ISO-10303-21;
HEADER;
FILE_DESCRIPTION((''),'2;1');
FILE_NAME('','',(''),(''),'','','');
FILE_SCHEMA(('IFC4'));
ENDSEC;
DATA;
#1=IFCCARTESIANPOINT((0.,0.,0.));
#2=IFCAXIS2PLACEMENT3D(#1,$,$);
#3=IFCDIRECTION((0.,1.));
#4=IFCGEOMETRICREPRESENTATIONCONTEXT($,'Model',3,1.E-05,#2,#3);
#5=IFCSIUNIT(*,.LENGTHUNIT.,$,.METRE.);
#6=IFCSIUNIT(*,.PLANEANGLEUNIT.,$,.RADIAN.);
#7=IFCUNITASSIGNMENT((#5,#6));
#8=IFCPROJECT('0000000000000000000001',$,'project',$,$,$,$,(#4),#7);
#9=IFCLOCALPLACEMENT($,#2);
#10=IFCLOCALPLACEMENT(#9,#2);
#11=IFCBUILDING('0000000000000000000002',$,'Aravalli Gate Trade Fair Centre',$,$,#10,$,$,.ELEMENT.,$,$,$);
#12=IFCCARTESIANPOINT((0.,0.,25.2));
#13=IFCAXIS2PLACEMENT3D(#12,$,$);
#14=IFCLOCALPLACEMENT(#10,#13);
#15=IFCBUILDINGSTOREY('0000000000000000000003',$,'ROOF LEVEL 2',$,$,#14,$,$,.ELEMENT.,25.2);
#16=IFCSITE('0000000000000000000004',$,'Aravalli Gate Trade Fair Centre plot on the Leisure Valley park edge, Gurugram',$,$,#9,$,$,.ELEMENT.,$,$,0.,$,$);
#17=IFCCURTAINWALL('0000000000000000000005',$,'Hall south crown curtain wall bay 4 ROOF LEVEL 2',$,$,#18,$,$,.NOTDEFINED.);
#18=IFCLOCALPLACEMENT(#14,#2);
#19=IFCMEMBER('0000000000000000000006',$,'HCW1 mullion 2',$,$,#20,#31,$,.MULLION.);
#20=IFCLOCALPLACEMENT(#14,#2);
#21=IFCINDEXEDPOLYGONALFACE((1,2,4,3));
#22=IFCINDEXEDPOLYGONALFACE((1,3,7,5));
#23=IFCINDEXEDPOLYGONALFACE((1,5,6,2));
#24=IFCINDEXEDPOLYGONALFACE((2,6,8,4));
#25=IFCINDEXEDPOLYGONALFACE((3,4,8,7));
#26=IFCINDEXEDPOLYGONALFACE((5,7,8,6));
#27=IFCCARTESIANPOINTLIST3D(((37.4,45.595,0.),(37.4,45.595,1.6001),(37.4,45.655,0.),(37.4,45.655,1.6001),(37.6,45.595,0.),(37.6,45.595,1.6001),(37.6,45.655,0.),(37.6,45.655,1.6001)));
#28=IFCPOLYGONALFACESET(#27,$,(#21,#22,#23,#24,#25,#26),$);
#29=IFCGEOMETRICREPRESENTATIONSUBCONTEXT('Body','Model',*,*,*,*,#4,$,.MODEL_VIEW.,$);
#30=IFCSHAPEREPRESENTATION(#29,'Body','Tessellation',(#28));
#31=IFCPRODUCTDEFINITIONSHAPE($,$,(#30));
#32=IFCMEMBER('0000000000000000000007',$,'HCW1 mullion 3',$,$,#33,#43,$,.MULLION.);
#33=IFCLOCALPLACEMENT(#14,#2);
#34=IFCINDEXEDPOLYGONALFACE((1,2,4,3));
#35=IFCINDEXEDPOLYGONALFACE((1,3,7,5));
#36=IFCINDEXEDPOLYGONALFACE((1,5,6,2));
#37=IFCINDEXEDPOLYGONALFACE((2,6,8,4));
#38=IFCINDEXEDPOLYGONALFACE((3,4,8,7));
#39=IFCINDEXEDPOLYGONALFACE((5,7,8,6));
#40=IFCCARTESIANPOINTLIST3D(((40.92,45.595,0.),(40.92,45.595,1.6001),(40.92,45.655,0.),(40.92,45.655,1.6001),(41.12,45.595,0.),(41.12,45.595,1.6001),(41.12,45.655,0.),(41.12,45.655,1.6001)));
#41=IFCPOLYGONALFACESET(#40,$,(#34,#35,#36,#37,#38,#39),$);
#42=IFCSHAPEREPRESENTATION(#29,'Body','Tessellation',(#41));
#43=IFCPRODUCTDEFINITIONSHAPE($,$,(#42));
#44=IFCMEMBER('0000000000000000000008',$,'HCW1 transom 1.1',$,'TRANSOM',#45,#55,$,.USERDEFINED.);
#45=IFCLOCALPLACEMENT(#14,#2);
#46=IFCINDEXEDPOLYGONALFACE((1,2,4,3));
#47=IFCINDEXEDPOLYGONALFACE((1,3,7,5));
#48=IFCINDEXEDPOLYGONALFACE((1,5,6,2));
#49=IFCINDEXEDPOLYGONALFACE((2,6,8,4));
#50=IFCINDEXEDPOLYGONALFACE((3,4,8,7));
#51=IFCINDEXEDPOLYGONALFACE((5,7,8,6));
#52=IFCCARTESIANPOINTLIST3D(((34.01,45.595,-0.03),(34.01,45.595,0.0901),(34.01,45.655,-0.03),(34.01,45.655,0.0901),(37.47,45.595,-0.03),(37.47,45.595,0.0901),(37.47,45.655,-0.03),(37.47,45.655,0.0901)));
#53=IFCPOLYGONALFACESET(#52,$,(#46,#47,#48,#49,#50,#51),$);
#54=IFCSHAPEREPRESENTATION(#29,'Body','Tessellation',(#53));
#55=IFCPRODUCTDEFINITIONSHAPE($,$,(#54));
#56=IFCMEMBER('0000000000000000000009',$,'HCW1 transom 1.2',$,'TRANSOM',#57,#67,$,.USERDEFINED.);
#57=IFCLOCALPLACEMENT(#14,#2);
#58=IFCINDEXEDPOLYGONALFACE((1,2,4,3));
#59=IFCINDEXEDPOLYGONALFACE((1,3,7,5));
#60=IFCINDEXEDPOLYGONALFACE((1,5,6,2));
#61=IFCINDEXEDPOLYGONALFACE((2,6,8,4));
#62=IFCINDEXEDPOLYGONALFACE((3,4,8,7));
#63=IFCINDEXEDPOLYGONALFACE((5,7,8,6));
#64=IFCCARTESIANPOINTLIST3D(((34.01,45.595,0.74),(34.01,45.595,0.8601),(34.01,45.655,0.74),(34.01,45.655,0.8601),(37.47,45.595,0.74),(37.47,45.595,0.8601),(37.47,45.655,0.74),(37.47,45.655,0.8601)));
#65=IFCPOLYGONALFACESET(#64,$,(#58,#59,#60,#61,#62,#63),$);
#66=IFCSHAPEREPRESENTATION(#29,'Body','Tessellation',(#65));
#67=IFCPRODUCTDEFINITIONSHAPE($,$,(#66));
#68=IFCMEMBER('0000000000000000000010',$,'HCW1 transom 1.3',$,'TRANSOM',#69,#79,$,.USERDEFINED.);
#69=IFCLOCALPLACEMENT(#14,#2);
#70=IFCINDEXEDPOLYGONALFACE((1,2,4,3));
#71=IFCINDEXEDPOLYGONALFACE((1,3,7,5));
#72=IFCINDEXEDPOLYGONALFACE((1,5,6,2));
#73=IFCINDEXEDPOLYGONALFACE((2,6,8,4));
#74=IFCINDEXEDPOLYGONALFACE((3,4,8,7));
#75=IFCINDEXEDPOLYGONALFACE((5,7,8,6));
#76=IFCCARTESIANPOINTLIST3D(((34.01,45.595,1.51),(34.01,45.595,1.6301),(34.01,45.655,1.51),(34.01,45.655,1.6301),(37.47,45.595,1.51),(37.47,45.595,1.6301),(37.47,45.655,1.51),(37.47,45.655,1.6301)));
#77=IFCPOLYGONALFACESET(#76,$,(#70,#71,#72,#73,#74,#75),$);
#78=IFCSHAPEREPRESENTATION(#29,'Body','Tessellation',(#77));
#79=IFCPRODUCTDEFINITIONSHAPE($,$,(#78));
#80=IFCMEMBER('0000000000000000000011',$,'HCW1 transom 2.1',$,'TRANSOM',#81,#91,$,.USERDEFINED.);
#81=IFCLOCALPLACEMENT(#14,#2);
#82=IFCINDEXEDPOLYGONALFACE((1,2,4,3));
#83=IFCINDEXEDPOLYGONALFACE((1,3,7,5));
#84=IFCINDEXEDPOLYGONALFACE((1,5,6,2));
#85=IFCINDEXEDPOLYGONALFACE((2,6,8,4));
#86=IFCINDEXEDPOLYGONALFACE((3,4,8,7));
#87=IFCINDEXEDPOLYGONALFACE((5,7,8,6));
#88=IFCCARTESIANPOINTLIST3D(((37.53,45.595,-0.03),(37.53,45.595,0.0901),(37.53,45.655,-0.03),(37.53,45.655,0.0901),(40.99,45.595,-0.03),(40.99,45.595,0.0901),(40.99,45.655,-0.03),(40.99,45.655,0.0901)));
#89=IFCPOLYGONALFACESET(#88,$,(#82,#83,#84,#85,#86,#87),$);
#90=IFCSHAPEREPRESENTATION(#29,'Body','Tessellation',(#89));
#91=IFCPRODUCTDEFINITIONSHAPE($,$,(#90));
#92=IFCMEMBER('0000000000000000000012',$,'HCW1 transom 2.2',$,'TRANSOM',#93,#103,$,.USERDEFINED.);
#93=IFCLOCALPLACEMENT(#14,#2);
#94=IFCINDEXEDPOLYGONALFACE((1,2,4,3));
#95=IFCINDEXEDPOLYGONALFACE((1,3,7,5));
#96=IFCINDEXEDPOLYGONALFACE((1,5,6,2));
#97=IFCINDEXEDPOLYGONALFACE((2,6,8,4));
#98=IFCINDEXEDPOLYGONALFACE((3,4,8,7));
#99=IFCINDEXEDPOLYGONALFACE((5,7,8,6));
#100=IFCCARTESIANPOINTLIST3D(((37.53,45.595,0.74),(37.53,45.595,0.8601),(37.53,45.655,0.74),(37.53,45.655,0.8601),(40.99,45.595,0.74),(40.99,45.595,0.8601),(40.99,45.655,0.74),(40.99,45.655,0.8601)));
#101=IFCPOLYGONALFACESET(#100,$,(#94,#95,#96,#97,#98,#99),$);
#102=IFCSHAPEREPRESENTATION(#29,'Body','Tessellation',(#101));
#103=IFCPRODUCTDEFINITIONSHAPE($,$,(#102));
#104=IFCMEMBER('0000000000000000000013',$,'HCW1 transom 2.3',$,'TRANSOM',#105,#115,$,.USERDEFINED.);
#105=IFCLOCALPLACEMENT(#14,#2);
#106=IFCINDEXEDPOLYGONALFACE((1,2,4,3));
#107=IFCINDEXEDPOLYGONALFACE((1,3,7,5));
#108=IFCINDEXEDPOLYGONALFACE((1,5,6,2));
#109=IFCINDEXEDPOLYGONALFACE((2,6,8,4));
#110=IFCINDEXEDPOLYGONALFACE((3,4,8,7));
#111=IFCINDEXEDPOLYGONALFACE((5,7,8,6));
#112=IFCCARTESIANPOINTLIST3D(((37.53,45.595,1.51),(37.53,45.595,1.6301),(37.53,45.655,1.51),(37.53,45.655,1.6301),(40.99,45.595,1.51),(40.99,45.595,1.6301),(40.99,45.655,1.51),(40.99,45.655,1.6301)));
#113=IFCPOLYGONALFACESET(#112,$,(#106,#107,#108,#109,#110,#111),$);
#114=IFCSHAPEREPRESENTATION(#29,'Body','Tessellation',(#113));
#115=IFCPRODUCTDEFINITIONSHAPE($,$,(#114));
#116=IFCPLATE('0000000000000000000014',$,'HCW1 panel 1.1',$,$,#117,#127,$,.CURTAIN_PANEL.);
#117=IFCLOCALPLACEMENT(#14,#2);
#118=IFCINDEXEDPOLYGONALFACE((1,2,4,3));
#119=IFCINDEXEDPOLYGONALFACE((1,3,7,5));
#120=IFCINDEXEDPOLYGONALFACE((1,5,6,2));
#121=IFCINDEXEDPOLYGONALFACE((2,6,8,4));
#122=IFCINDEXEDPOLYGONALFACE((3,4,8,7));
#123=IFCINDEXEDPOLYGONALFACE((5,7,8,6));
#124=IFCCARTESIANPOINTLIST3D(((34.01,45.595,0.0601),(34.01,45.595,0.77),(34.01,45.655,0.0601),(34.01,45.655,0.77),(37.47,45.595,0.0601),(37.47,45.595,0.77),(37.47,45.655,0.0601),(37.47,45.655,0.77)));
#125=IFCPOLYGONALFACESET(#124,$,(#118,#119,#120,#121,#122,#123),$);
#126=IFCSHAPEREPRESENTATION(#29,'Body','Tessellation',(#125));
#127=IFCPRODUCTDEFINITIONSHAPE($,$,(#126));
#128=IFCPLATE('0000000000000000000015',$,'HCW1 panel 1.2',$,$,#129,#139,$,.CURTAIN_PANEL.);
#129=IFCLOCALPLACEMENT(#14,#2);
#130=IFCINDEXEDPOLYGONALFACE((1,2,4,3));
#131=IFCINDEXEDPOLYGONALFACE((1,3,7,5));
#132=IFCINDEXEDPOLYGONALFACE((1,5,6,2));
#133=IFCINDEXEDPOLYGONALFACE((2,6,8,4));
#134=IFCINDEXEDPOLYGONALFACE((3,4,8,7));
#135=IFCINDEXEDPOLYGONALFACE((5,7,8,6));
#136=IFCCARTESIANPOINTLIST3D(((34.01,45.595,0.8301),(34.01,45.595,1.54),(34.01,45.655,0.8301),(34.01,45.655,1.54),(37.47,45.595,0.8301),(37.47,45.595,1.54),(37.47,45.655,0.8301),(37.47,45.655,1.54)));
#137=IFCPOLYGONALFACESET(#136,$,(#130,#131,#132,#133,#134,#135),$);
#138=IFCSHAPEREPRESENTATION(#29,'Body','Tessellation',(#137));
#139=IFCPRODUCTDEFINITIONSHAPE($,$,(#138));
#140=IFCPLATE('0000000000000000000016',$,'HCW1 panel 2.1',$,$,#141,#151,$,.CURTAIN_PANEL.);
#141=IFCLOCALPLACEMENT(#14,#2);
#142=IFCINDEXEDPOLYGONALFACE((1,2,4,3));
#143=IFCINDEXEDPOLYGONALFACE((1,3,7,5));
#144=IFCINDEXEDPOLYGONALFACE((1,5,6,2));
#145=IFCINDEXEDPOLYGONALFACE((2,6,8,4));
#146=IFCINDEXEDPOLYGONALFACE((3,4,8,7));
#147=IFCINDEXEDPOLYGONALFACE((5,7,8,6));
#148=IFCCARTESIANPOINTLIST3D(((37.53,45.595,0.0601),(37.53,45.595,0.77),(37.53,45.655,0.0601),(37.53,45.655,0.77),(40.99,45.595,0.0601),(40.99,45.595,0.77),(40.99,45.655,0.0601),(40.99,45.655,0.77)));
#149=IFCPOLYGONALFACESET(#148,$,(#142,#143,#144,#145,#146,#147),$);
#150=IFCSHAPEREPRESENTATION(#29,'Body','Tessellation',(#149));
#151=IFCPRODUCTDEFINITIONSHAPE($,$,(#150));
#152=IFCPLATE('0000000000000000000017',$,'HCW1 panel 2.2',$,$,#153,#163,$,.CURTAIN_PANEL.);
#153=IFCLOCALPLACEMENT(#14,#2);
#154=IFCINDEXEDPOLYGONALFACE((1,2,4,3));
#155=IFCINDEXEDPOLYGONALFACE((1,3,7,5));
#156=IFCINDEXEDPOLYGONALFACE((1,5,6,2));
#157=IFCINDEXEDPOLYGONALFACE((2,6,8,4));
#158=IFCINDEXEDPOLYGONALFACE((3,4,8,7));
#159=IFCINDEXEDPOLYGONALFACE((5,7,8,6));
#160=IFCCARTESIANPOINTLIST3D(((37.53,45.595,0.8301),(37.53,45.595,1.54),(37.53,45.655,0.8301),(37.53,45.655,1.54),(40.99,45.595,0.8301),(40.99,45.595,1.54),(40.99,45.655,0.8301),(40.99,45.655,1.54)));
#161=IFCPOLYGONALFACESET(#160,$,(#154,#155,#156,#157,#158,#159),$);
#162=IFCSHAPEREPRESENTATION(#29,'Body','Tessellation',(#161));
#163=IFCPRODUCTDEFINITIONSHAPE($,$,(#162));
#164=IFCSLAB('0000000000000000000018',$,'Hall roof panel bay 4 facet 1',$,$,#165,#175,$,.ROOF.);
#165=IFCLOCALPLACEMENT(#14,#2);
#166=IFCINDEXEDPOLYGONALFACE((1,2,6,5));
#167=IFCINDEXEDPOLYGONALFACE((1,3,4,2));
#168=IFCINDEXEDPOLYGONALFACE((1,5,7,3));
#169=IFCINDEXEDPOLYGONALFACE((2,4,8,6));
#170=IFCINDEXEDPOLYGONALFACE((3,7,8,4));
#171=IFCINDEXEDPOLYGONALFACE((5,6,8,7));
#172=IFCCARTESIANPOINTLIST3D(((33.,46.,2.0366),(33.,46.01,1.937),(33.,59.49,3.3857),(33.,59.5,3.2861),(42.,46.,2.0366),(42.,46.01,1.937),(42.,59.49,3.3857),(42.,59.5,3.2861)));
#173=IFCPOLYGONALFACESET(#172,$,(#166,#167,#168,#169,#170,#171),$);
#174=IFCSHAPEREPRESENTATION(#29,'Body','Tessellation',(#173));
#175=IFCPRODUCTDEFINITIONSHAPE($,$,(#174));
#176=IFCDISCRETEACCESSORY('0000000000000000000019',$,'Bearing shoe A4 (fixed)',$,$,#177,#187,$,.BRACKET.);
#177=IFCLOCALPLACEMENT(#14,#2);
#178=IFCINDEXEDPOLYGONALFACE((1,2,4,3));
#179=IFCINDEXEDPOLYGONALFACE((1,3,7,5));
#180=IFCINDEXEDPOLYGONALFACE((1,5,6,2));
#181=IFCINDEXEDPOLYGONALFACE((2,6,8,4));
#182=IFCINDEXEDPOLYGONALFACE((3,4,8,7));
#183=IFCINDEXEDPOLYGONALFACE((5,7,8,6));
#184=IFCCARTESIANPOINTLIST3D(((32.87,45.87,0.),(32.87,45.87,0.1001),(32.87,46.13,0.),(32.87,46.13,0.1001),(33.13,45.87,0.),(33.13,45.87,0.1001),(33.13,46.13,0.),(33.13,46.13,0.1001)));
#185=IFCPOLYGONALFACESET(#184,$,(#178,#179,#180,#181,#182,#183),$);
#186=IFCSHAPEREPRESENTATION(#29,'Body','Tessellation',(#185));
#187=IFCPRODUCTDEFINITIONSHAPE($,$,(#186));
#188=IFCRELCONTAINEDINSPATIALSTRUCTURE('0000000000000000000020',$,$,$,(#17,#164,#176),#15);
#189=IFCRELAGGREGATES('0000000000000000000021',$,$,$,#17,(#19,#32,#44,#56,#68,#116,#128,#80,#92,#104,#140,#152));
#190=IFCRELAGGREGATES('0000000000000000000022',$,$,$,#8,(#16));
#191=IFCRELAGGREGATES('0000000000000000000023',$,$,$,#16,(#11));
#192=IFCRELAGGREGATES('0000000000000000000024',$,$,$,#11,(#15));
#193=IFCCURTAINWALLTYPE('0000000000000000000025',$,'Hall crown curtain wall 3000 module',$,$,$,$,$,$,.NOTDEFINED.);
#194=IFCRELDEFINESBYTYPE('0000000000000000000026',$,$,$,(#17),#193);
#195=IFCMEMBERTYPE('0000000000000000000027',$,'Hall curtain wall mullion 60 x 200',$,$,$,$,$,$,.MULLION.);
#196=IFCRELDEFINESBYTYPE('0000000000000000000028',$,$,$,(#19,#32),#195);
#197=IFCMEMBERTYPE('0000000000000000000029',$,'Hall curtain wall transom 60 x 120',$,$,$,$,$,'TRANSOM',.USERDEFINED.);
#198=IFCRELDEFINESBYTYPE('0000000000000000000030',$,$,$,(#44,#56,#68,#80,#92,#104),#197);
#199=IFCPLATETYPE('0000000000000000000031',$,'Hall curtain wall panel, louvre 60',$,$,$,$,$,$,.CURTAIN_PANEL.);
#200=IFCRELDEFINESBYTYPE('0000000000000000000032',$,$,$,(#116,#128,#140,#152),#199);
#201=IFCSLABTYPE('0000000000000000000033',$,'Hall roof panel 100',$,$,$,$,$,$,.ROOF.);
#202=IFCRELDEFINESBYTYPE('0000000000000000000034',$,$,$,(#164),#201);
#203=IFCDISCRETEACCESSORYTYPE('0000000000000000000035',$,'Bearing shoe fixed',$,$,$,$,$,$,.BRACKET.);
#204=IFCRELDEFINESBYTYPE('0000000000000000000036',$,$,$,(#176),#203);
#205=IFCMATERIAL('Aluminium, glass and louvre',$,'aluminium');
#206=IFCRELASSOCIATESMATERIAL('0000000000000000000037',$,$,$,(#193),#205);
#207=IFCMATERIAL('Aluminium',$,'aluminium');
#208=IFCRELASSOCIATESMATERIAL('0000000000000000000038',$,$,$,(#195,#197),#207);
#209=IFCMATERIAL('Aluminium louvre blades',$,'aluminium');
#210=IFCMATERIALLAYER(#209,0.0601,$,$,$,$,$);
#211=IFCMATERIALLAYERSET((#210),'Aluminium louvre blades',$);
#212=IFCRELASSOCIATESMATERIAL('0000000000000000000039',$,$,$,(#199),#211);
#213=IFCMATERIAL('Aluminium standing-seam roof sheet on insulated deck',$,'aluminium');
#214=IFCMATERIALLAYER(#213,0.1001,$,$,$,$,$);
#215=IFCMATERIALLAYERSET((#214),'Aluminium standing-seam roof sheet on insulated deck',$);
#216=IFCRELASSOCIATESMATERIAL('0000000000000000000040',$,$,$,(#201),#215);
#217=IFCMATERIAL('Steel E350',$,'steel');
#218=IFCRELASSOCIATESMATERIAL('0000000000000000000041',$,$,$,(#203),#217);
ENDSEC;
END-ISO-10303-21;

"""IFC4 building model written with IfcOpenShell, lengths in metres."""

from ifc_helpers import new_model, si_unit, direction, frame, origin, origin_2d, place, context, subcontext, project, spatial, polyline, rectangle, outline, extrude, material, layer, layer_set, material_profile, profile_set, type_object, element, aggregate, save


model = new_model("IFC4")

# Units and contexts
model_context = context("Model", 3, precision=1e-05, world=origin(), true_north=direction((0.0, 1.0)))
body_context = subcontext(model_context, "Body", "Model", "MODEL_VIEW")
ifc_project = project(units=[si_unit("LENGTHUNIT", "METRE"), si_unit("PLANEANGLEUNIT", "RADIAN")], contexts=[model_context])

# Site, building, storey
site_placement = place(None, origin())
site = spatial("IfcSite", under=ifc_project, at=site_placement, Name="Aravalli Gate Trade Fair Centre plot on the Leisure Valley park edge, Gurugram", CompositionType="ELEMENT", RefElevation=0.0)
building_placement = place(site_placement, origin())
building = spatial("IfcBuilding", under=site, at=building_placement, Name="Aravalli Gate Trade Fair Centre", CompositionType="ELEMENT")
storey_placement = place(building_placement, frame((0.0, 0.0, 25.2)))
storey = spatial("IfcBuildingStorey", under=building, at=storey_placement, Name="ROOF LEVEL 2", CompositionType="ELEMENT", Elevation=25.2)

# Shared definitions
ifc_material_1 = material(Name="Steel E350", Category="steel")

# Shared definitions
ifc_material_2 = material(Name="Aluminium, glass and louvre", Category="aluminium")
curtain_wall_type = type_object("IfcCurtainWallType", Name="Hall crown curtain wall 3000 module", PredefinedType="NOTDEFINED", material=ifc_material_2)
ifc_material_3 = material(Name="Aluminium", Category="aluminium")
ifc_material_profile_1 = material_profile(ifc_material_3, rectangle(XDim=0.0601, YDim=0.2, at=origin_2d()), Name="Hall curtain wall mullion 60 x 200")
ifc_profile_set_1 = profile_set([ifc_material_profile_1], Name="Aluminium")
member_type_1 = type_object("IfcMemberType", Name="Hall curtain wall mullion 60 x 200", PredefinedType="MULLION", material=ifc_profile_set_1)

# Curtain wall, members, plates
curtain_wall_1_placement = place(storey_placement, origin())
curtain_wall_1 = element("IfcCurtainWall", 1, at=curtain_wall_1_placement, inside=storey, type_object=curtain_wall_type, Name="Hall south crown curtain wall bay 4 ROOF LEVEL 2", PredefinedType="NOTDEFINED")
member_1_placement = place(storey_placement, frame((37.5, 45.625, 0.0), z_axis=(0.0, 0.0, 1.0), x_axis=(0.0, 1.0, 0.0)))
member_1 = element("IfcMember", 2, at=member_1_placement, type_object=member_type_1, Name="HCW1 mullion 2", PredefinedType="MULLION", context=body_context, shape_type="SweptSolid", body=[
    extrude(rectangle(XDim=0.0601, YDim=0.2, at=origin_2d()), origin(), (0.0, 0.0, 1.0), 1.6001),
])
member_2_placement = place(storey_placement, frame((41.02, 45.625, 0.0), z_axis=(0.0, 0.0, 1.0), x_axis=(0.0, 1.0, 0.0)))
member_2 = element("IfcMember", 3, at=member_2_placement, type_object=member_type_1, Name="HCW1 mullion 3", PredefinedType="MULLION", context=body_context, shape_type="SweptSolid", body=[
    extrude(rectangle(XDim=0.0601, YDim=0.2, at=origin_2d()), origin(), (0.0, 0.0, 1.0), 1.6001),
])
ifc_material_profile_2 = material_profile(ifc_material_3, rectangle(XDim=0.0601, YDim=0.1201, at=origin_2d()), Name="Hall curtain wall transom 60 x 120")
ifc_profile_set_2 = profile_set([ifc_material_profile_2], Name="Aluminium")
member_type_2 = type_object("IfcMemberType", Name="Hall curtain wall transom 60 x 120", ElementType="TRANSOM", PredefinedType="USERDEFINED", material=ifc_profile_set_2)
member_3_placement = place(storey_placement, frame((34.01, 45.625, 0.03), z_axis=(1.0, 0.0, 0.0), x_axis=(0.0, 1.0, 0.0)))
member_3 = element("IfcMember", 4, at=member_3_placement, type_object=member_type_2, Name="HCW1 transom 1.1", ObjectType="TRANSOM", PredefinedType="USERDEFINED", context=body_context, shape_type="SweptSolid", body=[
    extrude(rectangle(XDim=0.0601, YDim=0.1201, at=origin_2d()), origin(), (0.0, 0.0, 1.0), 3.46),
])
member_4_placement = place(storey_placement, frame((34.01, 45.625, 0.8), z_axis=(1.0, 0.0, 0.0), x_axis=(0.0, 1.0, 0.0)))
member_4 = element("IfcMember", 5, at=member_4_placement, type_object=member_type_2, Name="HCW1 transom 1.2", ObjectType="TRANSOM", PredefinedType="USERDEFINED", context=body_context, shape_type="SweptSolid", body=[
    extrude(rectangle(XDim=0.0601, YDim=0.1201, at=origin_2d()), origin(), (0.0, 0.0, 1.0), 3.46),
])
member_5_placement = place(storey_placement, frame((34.01, 45.625, 1.5701), z_axis=(1.0, 0.0, 0.0), x_axis=(0.0, 1.0, 0.0)))
member_5 = element("IfcMember", 6, at=member_5_placement, type_object=member_type_2, Name="HCW1 transom 1.3", ObjectType="TRANSOM", PredefinedType="USERDEFINED", context=body_context, shape_type="SweptSolid", body=[
    extrude(rectangle(XDim=0.0601, YDim=0.1201, at=origin_2d()), origin(), (0.0, 0.0, 1.0), 3.46),
])
member_6_placement = place(storey_placement, frame((37.53, 45.625, 0.03), z_axis=(1.0, 0.0, 0.0), x_axis=(0.0, 1.0, 0.0)))
member_6 = element("IfcMember", 7, at=member_6_placement, type_object=member_type_2, Name="HCW1 transom 2.1", ObjectType="TRANSOM", PredefinedType="USERDEFINED", context=body_context, shape_type="SweptSolid", body=[
    extrude(rectangle(XDim=0.0601, YDim=0.1201, at=origin_2d()), origin(), (0.0, 0.0, 1.0), 3.46),
])
member_7_placement = place(storey_placement, frame((37.53, 45.625, 0.8), z_axis=(1.0, 0.0, 0.0), x_axis=(0.0, 1.0, 0.0)))
member_7 = element("IfcMember", 8, at=member_7_placement, type_object=member_type_2, Name="HCW1 transom 2.2", ObjectType="TRANSOM", PredefinedType="USERDEFINED", context=body_context, shape_type="SweptSolid", body=[
    extrude(rectangle(XDim=0.0601, YDim=0.1201, at=origin_2d()), origin(), (0.0, 0.0, 1.0), 3.46),
])
member_8_placement = place(storey_placement, frame((37.53, 45.625, 1.5701), z_axis=(1.0, 0.0, 0.0), x_axis=(0.0, 1.0, 0.0)))
member_8 = element("IfcMember", 9, at=member_8_placement, type_object=member_type_2, Name="HCW1 transom 2.3", ObjectType="TRANSOM", PredefinedType="USERDEFINED", context=body_context, shape_type="SweptSolid", body=[
    extrude(rectangle(XDim=0.0601, YDim=0.1201, at=origin_2d()), origin(), (0.0, 0.0, 1.0), 3.46),
])
ifc_material_4 = material(Name="Aluminium louvre blades", Category="aluminium")
ifc_layer_1 = layer(ifc_material_4, 0.0601)
ifc_layer_set_1 = layer_set([ifc_layer_1], Name="Aluminium louvre blades")
plate_type = type_object("IfcPlateType", Name="Hall curtain wall panel, louvre 60", PredefinedType="CURTAIN_PANEL", material=ifc_layer_set_1)
plate_1_placement = place(storey_placement, frame((35.74, 45.625, 0.0601), z_axis=(0.0, 0.0, 1.0), x_axis=(1.0, 0.0, 0.0)))
plate_1 = element("IfcPlate", 10, at=plate_1_placement, type_object=plate_type, Name="HCW1 panel 1.1", PredefinedType="CURTAIN_PANEL", context=body_context, shape_type="SweptSolid", body=[
    extrude(rectangle(XDim=3.46, YDim=0.0601, at=origin_2d()), origin(), (0.0, 0.0, 1.0), 0.71),
])
plate_2_placement = place(storey_placement, frame((35.74, 45.625, 0.8301), z_axis=(0.0, 0.0, 1.0), x_axis=(1.0, 0.0, 0.0)))
plate_2 = element("IfcPlate", 11, at=plate_2_placement, type_object=plate_type, Name="HCW1 panel 1.2", PredefinedType="CURTAIN_PANEL", context=body_context, shape_type="SweptSolid", body=[
    extrude(rectangle(XDim=3.46, YDim=0.0601, at=origin_2d()), origin(), (0.0, 0.0, 1.0), 0.71),
])
plate_3_placement = place(storey_placement, frame((39.26, 45.625, 0.0601), z_axis=(0.0, 0.0, 1.0), x_axis=(1.0, 0.0, 0.0)))
plate_3 = element("IfcPlate", 12, at=plate_3_placement, type_object=plate_type, Name="HCW1 panel 2.1", PredefinedType="CURTAIN_PANEL", context=body_context, shape_type="SweptSolid", body=[
    extrude(rectangle(XDim=3.46, YDim=0.0601, at=origin_2d()), origin(), (0.0, 0.0, 1.0), 0.71),
])
plate_4_placement = place(storey_placement, frame((39.26, 45.625, 0.8301), z_axis=(0.0, 0.0, 1.0), x_axis=(1.0, 0.0, 0.0)))
plate_4 = element("IfcPlate", 13, at=plate_4_placement, type_object=plate_type, Name="HCW1 panel 2.2", PredefinedType="CURTAIN_PANEL", context=body_context, shape_type="SweptSolid", body=[
    extrude(rectangle(XDim=3.46, YDim=0.0601, at=origin_2d()), origin(), (0.0, 0.0, 1.0), 0.71),
])
aggregate(curtain_wall_1, [member_1, member_2, member_3, member_4, member_5, plate_1, plate_2, member_6, member_7, member_8, plate_3, plate_4])

# Slab
ifc_material_5 = material(Name="Aluminium standing-seam roof sheet on insulated deck", Category="aluminium")
ifc_layer_2 = layer(ifc_material_5, 0.1001)
ifc_layer_set_2 = layer_set([ifc_layer_2], Name="Aluminium standing-seam roof sheet on insulated deck")
slab_type = type_object("IfcSlabType", Name="Hall roof panel 100", PredefinedType="ROOF", material=ifc_layer_set_2)
slab_placement = place(storey_placement, frame((33.0, 46.0, 2.0366), z_axis=(0.0, -0.099513, 0.995036), x_axis=(1.0, 0.0, 0.0)))
element("IfcSlab", 14, at=slab_placement, inside=storey, type_object=slab_type, Name="Hall roof panel bay 4 facet 1", PredefinedType="ROOF", context=body_context, shape_type="SweptSolid", body=[
    extrude(outline(polyline([(0.0, 0.0), (9.0, 0.0), (9.0, 13.5573), (0.0, 13.5573), (0.0, 0.0)])), origin(), (0.0, 0.0, -1.0), 0.1001),
])

# Discrete accessory
discrete_accessory_type = type_object("IfcDiscreteAccessoryType", Name="Bearing shoe fixed", PredefinedType="BRACKET", material=ifc_material_1)
discrete_accessory_placement = place(storey_placement, frame((33.0, 46.0, 0.0), z_axis=(0.0, 0.0, 1.0), x_axis=(1.0, 0.0, 0.0)))
element("IfcDiscreteAccessory", 15, at=discrete_accessory_placement, inside=storey, type_object=discrete_accessory_type, Name="Bearing shoe A4 (fixed)", PredefinedType="BRACKET", context=body_context, shape_type="SweptSolid", body=[
    extrude(rectangle(XDim=0.26, YDim=0.26, at=origin_2d()), origin(), (0.0, 0.0, 1.0), 0.1001),
])

save(model, "model.ifc")
